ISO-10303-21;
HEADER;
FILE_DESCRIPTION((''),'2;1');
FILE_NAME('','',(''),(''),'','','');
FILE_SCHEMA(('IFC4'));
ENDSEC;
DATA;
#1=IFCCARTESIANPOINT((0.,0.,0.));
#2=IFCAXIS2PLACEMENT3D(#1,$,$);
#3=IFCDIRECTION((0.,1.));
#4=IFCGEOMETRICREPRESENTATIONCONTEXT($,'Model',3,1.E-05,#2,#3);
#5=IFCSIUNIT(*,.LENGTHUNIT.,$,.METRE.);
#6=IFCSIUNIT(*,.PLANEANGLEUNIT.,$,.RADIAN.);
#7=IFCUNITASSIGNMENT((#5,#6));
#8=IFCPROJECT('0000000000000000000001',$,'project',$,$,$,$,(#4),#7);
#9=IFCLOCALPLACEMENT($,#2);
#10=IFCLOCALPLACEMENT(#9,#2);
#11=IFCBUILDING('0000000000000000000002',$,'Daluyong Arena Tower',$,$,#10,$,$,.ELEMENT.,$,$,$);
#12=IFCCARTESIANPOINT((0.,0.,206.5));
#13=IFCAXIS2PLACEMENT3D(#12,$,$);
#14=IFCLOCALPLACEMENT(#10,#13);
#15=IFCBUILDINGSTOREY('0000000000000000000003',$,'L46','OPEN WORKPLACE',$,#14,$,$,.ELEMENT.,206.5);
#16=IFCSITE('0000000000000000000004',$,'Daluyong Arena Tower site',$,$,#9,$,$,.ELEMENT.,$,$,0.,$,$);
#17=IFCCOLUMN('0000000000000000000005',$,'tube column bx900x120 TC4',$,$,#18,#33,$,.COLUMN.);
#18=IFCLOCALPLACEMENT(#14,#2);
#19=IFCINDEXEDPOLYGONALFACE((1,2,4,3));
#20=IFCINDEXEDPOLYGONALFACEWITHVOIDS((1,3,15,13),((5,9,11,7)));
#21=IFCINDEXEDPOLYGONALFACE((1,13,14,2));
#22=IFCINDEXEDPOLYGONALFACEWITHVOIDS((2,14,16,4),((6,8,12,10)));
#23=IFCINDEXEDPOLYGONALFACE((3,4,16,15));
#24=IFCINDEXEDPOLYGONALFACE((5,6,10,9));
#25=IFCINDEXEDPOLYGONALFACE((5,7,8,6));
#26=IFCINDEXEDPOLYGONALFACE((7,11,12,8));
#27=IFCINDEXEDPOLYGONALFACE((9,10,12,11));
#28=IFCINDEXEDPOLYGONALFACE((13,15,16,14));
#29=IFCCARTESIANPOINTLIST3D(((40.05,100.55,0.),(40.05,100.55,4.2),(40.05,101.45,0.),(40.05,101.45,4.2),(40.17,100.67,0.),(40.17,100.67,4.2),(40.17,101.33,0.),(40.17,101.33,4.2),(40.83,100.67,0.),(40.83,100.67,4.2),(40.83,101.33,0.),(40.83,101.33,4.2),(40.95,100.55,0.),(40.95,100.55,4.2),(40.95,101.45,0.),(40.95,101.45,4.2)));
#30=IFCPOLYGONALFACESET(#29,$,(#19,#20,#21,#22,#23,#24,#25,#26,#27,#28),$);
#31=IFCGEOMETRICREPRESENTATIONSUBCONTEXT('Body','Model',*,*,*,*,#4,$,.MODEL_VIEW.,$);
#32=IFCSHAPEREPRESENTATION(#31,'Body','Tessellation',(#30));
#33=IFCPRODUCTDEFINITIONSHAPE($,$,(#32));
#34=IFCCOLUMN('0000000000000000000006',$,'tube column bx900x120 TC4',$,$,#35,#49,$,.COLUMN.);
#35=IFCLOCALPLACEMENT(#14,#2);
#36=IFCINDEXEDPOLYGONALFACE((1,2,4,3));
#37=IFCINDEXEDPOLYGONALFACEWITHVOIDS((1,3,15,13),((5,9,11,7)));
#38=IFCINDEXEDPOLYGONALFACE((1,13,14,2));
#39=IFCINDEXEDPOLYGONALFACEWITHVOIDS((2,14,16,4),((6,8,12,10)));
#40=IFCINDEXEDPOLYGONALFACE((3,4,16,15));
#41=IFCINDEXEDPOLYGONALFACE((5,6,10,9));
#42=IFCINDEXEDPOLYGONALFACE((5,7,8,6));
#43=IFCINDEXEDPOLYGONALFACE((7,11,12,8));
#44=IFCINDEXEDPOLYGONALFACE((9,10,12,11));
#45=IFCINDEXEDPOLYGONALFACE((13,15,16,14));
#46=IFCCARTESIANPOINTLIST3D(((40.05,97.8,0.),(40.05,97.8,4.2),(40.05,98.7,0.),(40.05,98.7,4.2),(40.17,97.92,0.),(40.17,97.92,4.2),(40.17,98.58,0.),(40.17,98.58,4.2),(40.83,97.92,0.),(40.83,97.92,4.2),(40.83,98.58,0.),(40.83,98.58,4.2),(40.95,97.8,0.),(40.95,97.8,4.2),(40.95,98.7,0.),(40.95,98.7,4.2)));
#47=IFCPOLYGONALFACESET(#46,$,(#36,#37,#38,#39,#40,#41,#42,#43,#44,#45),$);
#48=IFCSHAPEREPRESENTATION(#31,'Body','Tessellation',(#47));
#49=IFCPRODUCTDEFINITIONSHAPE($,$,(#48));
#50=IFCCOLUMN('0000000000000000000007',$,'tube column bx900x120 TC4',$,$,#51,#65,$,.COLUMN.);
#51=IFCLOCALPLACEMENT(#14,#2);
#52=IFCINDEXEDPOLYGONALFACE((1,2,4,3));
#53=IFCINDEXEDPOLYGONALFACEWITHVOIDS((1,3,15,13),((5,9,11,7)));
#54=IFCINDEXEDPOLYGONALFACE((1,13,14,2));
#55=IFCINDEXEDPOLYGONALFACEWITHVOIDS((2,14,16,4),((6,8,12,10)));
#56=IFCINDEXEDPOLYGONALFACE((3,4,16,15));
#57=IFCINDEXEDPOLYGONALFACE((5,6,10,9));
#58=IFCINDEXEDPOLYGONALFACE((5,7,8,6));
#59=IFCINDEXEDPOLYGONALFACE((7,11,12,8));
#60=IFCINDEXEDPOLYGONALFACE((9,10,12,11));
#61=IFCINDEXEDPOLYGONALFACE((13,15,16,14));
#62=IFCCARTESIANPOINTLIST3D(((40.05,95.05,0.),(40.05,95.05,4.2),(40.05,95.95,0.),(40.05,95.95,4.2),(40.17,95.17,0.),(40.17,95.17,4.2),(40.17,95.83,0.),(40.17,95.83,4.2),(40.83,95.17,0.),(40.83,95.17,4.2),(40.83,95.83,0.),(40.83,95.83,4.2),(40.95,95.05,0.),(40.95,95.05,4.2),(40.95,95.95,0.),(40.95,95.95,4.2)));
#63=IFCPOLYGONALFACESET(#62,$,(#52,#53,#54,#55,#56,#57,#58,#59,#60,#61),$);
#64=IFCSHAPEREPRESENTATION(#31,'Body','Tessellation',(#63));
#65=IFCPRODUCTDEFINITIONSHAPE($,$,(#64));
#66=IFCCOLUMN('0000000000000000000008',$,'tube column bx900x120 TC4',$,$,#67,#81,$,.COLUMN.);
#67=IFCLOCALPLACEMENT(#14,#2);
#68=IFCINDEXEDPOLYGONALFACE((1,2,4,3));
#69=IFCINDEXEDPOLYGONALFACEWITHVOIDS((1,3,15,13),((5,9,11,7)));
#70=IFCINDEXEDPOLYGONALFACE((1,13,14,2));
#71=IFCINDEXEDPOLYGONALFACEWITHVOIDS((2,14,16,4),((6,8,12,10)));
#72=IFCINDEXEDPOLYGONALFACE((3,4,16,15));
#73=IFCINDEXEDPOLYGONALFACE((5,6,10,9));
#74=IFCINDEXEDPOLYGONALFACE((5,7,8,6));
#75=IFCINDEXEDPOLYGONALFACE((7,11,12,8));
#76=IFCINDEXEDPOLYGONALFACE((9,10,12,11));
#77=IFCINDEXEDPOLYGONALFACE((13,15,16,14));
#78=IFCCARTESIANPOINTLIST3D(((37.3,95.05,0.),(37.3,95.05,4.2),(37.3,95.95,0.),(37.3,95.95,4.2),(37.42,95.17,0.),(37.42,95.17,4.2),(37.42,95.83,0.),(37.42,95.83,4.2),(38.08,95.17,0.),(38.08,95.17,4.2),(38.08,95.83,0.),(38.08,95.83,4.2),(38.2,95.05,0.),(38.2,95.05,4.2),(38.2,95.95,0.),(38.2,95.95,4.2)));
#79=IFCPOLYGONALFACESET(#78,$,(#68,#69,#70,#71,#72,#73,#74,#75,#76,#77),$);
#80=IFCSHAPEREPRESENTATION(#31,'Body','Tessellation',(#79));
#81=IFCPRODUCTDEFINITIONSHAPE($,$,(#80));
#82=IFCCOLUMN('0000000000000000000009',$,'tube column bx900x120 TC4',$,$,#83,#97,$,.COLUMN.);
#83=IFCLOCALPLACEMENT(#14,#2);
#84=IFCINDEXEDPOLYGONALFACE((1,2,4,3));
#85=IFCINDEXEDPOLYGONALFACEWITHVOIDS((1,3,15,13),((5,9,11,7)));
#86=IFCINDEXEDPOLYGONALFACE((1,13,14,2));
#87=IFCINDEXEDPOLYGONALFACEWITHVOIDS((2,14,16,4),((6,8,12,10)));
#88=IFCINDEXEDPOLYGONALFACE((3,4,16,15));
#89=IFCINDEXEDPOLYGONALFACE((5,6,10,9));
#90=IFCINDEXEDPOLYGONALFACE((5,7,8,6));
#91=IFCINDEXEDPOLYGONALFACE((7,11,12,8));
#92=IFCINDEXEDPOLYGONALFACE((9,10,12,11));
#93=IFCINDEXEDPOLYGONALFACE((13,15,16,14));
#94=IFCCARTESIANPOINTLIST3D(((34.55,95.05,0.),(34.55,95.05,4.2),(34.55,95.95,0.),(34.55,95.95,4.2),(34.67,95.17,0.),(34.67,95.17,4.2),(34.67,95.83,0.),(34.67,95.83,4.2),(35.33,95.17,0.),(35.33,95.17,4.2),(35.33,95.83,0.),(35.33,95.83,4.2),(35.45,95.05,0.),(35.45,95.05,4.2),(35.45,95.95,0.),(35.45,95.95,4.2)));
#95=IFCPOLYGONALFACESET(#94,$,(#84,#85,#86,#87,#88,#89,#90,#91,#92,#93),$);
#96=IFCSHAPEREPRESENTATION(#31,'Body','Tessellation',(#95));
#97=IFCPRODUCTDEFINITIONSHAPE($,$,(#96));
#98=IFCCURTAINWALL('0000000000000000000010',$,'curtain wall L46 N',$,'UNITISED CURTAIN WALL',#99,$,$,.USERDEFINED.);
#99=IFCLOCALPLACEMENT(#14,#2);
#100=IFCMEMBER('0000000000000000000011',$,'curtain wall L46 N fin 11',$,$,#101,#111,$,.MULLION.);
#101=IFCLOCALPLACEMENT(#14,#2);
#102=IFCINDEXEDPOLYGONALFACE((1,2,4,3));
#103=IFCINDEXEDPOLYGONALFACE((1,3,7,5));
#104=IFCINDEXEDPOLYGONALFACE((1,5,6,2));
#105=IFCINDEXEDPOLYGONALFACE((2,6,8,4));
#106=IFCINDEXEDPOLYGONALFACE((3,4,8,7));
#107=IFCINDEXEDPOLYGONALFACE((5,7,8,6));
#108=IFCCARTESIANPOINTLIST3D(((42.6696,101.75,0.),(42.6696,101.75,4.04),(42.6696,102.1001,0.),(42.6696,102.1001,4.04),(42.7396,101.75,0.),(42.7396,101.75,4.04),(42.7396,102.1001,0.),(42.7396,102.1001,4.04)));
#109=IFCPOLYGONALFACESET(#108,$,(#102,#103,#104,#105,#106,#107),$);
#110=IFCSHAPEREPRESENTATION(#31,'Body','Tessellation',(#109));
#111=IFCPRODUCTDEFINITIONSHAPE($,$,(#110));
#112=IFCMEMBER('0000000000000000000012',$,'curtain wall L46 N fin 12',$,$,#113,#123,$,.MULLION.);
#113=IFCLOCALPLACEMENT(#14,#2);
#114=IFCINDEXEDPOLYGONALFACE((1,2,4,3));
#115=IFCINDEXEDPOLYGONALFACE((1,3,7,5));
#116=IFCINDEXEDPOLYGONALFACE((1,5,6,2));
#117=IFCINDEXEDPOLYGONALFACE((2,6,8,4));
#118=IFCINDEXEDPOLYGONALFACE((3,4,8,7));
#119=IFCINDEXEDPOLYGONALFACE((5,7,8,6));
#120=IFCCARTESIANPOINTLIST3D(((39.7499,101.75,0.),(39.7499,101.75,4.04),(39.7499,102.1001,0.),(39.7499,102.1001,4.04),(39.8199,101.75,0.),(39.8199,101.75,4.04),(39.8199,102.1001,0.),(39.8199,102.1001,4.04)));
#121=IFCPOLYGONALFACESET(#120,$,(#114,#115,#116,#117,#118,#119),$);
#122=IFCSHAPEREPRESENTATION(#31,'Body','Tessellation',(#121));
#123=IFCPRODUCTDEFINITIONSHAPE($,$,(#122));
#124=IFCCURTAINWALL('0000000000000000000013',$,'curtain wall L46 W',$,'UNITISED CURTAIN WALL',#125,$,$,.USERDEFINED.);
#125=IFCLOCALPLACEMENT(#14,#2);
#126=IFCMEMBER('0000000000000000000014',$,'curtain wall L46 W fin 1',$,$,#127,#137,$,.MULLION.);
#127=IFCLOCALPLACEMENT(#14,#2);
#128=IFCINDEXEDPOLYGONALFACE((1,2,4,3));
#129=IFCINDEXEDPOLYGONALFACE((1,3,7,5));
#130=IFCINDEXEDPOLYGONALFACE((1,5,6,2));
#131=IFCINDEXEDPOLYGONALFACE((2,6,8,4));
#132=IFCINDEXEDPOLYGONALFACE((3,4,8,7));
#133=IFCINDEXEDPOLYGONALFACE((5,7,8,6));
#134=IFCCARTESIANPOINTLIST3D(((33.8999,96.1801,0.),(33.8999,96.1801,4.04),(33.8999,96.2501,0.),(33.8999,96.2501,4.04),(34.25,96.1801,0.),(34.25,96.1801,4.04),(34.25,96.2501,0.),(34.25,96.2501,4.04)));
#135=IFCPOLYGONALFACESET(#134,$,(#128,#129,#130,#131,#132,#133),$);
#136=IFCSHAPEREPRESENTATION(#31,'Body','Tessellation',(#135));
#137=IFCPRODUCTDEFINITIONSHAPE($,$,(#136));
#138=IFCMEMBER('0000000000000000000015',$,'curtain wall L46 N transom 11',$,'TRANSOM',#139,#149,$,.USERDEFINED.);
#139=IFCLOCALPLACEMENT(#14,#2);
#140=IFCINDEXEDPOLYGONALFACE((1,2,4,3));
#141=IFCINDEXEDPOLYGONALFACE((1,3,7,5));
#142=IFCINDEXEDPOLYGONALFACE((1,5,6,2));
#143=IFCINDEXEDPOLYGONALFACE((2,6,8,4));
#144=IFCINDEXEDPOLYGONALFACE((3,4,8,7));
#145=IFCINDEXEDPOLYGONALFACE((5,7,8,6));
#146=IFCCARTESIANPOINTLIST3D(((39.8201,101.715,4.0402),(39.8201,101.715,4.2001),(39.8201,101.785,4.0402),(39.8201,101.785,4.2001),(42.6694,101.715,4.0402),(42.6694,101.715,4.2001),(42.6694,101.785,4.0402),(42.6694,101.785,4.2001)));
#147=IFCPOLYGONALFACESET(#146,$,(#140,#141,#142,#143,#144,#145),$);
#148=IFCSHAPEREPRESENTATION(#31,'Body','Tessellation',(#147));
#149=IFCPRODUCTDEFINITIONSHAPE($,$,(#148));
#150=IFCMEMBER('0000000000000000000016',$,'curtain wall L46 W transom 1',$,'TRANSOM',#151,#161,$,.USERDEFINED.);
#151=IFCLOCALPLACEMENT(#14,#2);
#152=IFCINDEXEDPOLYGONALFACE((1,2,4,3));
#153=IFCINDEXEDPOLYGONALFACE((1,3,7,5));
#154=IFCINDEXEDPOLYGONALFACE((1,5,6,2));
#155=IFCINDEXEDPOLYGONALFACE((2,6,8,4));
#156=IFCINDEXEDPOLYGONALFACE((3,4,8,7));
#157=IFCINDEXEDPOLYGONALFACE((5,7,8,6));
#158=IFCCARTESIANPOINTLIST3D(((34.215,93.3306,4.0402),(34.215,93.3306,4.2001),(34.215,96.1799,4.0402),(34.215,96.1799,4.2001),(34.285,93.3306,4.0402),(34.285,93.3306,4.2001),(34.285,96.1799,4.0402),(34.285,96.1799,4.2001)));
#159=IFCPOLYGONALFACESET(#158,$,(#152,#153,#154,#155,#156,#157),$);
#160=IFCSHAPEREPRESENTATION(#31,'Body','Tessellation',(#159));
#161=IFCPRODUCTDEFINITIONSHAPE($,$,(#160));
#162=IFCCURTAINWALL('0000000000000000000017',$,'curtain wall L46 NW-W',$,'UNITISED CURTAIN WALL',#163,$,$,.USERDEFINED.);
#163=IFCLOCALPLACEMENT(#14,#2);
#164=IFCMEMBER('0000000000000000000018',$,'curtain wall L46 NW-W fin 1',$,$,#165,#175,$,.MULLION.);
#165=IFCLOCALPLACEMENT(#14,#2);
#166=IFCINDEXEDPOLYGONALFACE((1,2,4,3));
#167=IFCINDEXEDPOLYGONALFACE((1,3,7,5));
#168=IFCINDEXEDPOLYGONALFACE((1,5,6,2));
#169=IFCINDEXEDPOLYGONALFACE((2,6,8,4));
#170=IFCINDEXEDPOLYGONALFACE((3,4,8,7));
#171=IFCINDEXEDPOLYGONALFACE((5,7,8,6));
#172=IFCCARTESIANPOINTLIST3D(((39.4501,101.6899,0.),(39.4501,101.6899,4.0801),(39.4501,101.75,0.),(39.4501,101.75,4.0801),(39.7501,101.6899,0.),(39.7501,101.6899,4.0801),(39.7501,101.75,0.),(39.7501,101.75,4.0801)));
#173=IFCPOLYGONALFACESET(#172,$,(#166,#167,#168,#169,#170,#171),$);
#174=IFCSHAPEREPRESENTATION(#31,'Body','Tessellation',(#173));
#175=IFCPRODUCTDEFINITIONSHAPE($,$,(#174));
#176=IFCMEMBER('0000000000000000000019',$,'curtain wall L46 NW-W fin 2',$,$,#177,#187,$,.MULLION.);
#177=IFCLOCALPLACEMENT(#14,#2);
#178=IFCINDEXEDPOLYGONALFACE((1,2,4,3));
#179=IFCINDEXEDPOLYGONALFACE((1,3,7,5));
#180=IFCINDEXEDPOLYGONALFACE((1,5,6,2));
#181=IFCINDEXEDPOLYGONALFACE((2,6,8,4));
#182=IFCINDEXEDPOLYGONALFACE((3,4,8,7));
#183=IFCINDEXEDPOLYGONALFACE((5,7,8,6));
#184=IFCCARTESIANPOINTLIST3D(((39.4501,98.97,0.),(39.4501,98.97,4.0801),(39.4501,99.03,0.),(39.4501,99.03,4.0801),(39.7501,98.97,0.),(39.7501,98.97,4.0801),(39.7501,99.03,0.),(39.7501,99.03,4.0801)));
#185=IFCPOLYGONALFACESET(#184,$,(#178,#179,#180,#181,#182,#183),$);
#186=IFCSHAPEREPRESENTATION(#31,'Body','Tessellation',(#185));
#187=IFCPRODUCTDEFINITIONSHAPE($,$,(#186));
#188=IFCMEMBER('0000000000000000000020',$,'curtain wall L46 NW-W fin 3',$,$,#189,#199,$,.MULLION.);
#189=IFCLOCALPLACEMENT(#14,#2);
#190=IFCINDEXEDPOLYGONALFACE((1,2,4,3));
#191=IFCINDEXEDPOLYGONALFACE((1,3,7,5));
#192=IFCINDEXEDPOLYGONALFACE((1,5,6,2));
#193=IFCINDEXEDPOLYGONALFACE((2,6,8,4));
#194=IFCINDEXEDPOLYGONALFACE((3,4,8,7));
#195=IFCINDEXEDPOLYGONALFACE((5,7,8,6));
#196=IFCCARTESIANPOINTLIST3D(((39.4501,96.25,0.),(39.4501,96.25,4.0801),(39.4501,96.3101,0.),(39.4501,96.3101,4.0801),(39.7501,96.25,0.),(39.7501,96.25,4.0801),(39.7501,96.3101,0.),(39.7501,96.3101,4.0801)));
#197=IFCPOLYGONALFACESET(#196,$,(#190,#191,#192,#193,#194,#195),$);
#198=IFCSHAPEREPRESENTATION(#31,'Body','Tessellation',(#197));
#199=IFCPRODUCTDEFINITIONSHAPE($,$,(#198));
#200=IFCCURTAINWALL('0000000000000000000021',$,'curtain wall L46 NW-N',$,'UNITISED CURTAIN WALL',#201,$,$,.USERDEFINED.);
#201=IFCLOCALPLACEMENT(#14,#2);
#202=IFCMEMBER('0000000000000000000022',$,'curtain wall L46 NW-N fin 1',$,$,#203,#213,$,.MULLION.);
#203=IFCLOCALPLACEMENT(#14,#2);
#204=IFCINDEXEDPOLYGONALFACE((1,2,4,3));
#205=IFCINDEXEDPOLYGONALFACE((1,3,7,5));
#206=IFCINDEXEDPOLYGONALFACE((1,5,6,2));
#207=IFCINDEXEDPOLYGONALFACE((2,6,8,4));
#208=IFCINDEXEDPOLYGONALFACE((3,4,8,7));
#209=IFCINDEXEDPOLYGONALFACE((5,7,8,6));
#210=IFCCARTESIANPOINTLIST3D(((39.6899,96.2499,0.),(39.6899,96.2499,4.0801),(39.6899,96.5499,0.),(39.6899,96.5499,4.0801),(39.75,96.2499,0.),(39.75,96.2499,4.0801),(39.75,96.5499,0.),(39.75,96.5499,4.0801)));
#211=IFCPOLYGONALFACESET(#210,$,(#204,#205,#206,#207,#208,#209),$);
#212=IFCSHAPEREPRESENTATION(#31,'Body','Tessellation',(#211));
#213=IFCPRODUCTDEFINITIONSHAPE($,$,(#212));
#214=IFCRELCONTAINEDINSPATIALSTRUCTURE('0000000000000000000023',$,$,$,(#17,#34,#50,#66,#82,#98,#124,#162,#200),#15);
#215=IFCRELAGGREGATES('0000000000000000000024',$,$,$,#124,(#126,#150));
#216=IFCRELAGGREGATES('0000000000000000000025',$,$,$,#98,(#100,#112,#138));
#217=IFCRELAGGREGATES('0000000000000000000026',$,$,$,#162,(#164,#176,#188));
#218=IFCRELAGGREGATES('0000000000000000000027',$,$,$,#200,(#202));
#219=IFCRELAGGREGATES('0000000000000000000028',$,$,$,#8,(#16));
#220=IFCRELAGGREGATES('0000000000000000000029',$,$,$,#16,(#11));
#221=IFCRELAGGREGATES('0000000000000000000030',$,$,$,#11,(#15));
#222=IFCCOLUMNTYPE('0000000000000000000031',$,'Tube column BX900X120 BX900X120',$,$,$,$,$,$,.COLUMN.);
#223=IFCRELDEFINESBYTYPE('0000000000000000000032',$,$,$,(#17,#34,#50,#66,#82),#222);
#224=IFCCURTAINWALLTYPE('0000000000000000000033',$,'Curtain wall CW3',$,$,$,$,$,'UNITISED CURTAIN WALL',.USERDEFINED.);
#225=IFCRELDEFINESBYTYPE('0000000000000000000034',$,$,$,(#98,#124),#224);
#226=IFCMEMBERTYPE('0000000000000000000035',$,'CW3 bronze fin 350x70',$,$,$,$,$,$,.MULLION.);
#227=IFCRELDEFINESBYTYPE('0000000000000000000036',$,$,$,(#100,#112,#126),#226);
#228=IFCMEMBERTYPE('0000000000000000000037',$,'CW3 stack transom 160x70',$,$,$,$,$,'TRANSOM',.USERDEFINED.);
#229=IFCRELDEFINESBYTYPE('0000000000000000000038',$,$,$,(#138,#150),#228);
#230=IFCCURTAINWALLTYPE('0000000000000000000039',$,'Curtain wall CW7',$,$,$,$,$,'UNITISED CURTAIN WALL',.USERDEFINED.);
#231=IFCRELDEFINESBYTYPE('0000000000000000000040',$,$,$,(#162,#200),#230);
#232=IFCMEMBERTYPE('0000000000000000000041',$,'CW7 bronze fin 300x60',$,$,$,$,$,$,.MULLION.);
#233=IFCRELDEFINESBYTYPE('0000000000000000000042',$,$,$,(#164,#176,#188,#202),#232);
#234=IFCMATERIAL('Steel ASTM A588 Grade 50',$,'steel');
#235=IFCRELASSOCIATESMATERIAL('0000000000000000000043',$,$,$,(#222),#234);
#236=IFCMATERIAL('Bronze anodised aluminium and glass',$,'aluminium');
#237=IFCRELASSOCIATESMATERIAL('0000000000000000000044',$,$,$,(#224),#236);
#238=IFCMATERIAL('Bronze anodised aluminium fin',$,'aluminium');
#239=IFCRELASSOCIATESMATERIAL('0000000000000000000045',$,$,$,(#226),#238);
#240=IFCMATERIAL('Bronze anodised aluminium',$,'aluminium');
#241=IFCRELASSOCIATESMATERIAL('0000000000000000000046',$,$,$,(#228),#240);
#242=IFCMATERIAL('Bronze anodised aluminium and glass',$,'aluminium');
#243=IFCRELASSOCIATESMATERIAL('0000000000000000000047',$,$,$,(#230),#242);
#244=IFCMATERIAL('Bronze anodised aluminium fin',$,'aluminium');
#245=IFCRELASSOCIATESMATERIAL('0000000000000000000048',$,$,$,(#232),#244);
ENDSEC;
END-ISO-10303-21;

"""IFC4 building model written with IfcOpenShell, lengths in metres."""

from ifc_helpers import new_model, si_unit, direction, frame, origin, origin_2d, place, context, subcontext, project, spatial, rectangle, hollow_rectangle, extrude, material, material_profile, profile_set, type_object, element, aggregate, save


model = new_model("IFC4")

# Units and contexts
model_context = context("Model", 3, precision=1e-05, world=origin(), true_north=direction((0.0, 1.0)))
body_context = subcontext(model_context, "Body", "Model", "MODEL_VIEW")
ifc_project = project(units=[si_unit("LENGTHUNIT", "METRE"), si_unit("PLANEANGLEUNIT", "RADIAN")], contexts=[model_context])

# Site, building, storey
site_placement = place(None, origin())
site = spatial("IfcSite", under=ifc_project, at=site_placement, Name="Daluyong Arena Tower site", CompositionType="ELEMENT", RefElevation=0.0)
building_placement = place(site_placement, origin())
building = spatial("IfcBuilding", under=site, at=building_placement, Name="Daluyong Arena Tower", CompositionType="ELEMENT")
storey_placement = place(building_placement, frame((0.0, 0.0, 206.5)))
storey = spatial("IfcBuildingStorey", under=building, at=storey_placement, Name="L46", Description="OPEN WORKPLACE", CompositionType="ELEMENT", Elevation=206.5)

# Columns
ifc_material_1 = material(Name="Steel ASTM A588 Grade 50", Category="steel")
ifc_material_profile_1 = material_profile(ifc_material_1, hollow_rectangle(XDim=0.8999, YDim=0.8999, WallThickness=0.12, at=origin_2d()))
ifc_profile_set_1 = profile_set([ifc_material_profile_1], Name="Steel ASTM A588 Grade 50")
column_type = type_object("IfcColumnType", Name="Tube column BX900X120 BX900X120", PredefinedType="COLUMN", material=ifc_profile_set_1)
for number, where, z_axis, x_axis, name in (
    (1, (40.5, 101.0, 0.0), (0.0, 0.0, 1.0), (0.0, 1.0, 0.0), "tube column bx900x120 TC4"),
    (2, (40.5, 98.25, 0.0), (0.0, 0.0, 1.0), (0.0, 1.0, 0.0), "tube column bx900x120 TC4"),
    (3, (40.5, 95.5, 0.0), (0.0, 0.0, 1.0), (1.0, 0.0, 0.0), "tube column bx900x120 TC4"),
    (4, (37.75, 95.5, 0.0), (0.0, 0.0, 1.0), (1.0, 0.0, 0.0), "tube column bx900x120 TC4"),
    (5, (35.0, 95.5, 0.0), (0.0, 0.0, 1.0), (0.0, 1.0, 0.0), "tube column bx900x120 TC4"),
):
    element("IfcColumn", number, at=place(storey_placement, frame(where, z_axis=z_axis, x_axis=x_axis)), inside=storey, type_object=column_type, Name=name, PredefinedType="COLUMN", context=body_context, shape_type="SweptSolid", body=[
        extrude(hollow_rectangle(XDim=0.8999, YDim=0.8999, WallThickness=0.12, at=origin_2d()), origin(), (0.0, 0.0, 1.0), 4.2),
    ])

# Curtain wall, members
ifc_material_2 = material(Name="Bronze anodised aluminium and glass", Category="aluminium")
curtain_wall_type_1 = type_object("IfcCurtainWallType", Name="Curtain wall CW3", ElementType="UNITISED CURTAIN WALL", PredefinedType="USERDEFINED", material=ifc_material_2)
curtain_wall_1_placement = place(storey_placement, origin())
curtain_wall_1 = element("IfcCurtainWall", 6, at=curtain_wall_1_placement, inside=storey, type_object=curtain_wall_type_1, Name="curtain wall L46 N", ObjectType="UNITISED CURTAIN WALL", PredefinedType="USERDEFINED")
ifc_material_3 = material(Name="Bronze anodised aluminium fin", Category="aluminium")
ifc_material_profile_2 = material_profile(ifc_material_3, rectangle(XDim=0.3501, YDim=0.0701, at=origin_2d()))
ifc_profile_set_2 = profile_set([ifc_material_profile_2], Name="Bronze anodised aluminium fin")
member_type_1 = type_object("IfcMemberType", Name="CW3 bronze fin 350x70", PredefinedType="MULLION", material=ifc_profile_set_2)
member_1_placement = place(storey_placement, frame((42.7046, 101.925, 0.0), z_axis=(0.0, 0.0, 1.0), x_axis=(0.0, -1.0, 0.0)))
member_1 = element("IfcMember", 7, at=member_1_placement, type_object=member_type_1, Name="curtain wall L46 N fin 11", PredefinedType="MULLION", context=body_context, shape_type="SweptSolid", body=[
    extrude(rectangle(XDim=0.3501, YDim=0.0701, at=origin_2d()), origin(), (0.0, 0.0, 1.0), 4.04),
])
member_2_placement = place(storey_placement, frame((39.7849, 101.925, 0.0), z_axis=(0.0, 0.0, 1.0), x_axis=(0.0, -1.0, 0.0)))
member_2 = element("IfcMember", 8, at=member_2_placement, type_object=member_type_1, Name="curtain wall L46 N fin 12", PredefinedType="MULLION", context=body_context, shape_type="SweptSolid", body=[
    extrude(rectangle(XDim=0.3501, YDim=0.0701, at=origin_2d()), origin(), (0.0, 0.0, 1.0), 4.04),
])

# Curtain wall, member
curtain_wall_2_placement = place(storey_placement, origin())
curtain_wall_2 = element("IfcCurtainWall", 9, at=curtain_wall_2_placement, inside=storey, type_object=curtain_wall_type_1, Name="curtain wall L46 W", ObjectType="UNITISED CURTAIN WALL", PredefinedType="USERDEFINED")
member_3_placement = place(storey_placement, frame((34.075, 96.2151, 0.0), z_axis=(0.0, 0.0, 1.0), x_axis=(1.0, 0.0, 0.0)))
member_3 = element("IfcMember", 10, at=member_3_placement, type_object=member_type_1, Name="curtain wall L46 W fin 1", PredefinedType="MULLION", context=body_context, shape_type="SweptSolid", body=[
    extrude(rectangle(XDim=0.3501, YDim=0.0701, at=origin_2d()), origin(), (0.0, 0.0, 1.0), 4.04),
])

# Members
ifc_material_4 = material(Name="Bronze anodised aluminium", Category="aluminium")
ifc_material_profile_3 = material_profile(ifc_material_4, rectangle(XDim=0.0701, YDim=0.1599, at=origin_2d()))
ifc_profile_set_3 = profile_set([ifc_material_profile_3], Name="Bronze anodised aluminium")
member_type_2 = type_object("IfcMemberType", Name="CW3 stack transom 160x70", ElementType="TRANSOM", PredefinedType="USERDEFINED", material=ifc_profile_set_3)
member_4_placement = place(storey_placement, frame((42.6694, 101.75, 4.1201), z_axis=(-1.0, 0.0, 0.0), x_axis=(0.0, -1.0, 0.0)))
member_4 = element("IfcMember", 11, at=member_4_placement, type_object=member_type_2, Name="curtain wall L46 N transom 11", ObjectType="TRANSOM", PredefinedType="USERDEFINED", context=body_context, shape_type="SweptSolid", body=[
    extrude(rectangle(XDim=0.0701, YDim=0.1599, at=origin_2d()), origin(), (0.0, 0.0, 1.0), 2.8494),
])
member_5_placement = place(storey_placement, frame((34.25, 96.1799, 4.1201), z_axis=(0.0, -1.0, 0.0), x_axis=(1.0, 0.0, 0.0)))
member_5 = element("IfcMember", 12, at=member_5_placement, type_object=member_type_2, Name="curtain wall L46 W transom 1", ObjectType="TRANSOM", PredefinedType="USERDEFINED", context=body_context, shape_type="SweptSolid", body=[
    extrude(rectangle(XDim=0.0701, YDim=0.1599, at=origin_2d()), origin(), (0.0, 0.0, 1.0), 2.8494),
])
aggregate(curtain_wall_2, [member_3, member_5])

# Curtain walls, members
ifc_material_5 = material(Name="Bronze anodised aluminium and glass", Category="aluminium")
curtain_wall_type_2 = type_object("IfcCurtainWallType", Name="Curtain wall CW7", ElementType="UNITISED CURTAIN WALL", PredefinedType="USERDEFINED", material=ifc_material_5)
curtain_wall_3_placement = place(storey_placement, origin())
curtain_wall_3 = element("IfcCurtainWall", 13, at=curtain_wall_3_placement, inside=storey, type_object=curtain_wall_type_2, Name="curtain wall L46 NW-W", ObjectType="UNITISED CURTAIN WALL", PredefinedType="USERDEFINED")
ifc_material_6 = material(Name="Bronze anodised aluminium fin", Category="aluminium")
ifc_material_profile_4 = material_profile(ifc_material_6, rectangle(XDim=0.3, YDim=0.0601, at=origin_2d()))
ifc_profile_set_4 = profile_set([ifc_material_profile_4], Name="Bronze anodised aluminium fin")
member_type_3 = type_object("IfcMemberType", Name="CW7 bronze fin 300x60", PredefinedType="MULLION", material=ifc_profile_set_4)
member_6_placement = place(storey_placement, frame((39.6001, 101.72, 0.0), z_axis=(0.0, 0.0, 1.0), x_axis=(1.0, 0.0, 0.0)))
member_6 = element("IfcMember", 14, at=member_6_placement, type_object=member_type_3, Name="curtain wall L46 NW-W fin 1", PredefinedType="MULLION", context=body_context, shape_type="SweptSolid", body=[
    extrude(rectangle(XDim=0.3, YDim=0.0601, at=origin_2d()), origin(), (0.0, 0.0, 1.0), 4.0801),
])
member_7_placement = place(storey_placement, frame((39.6001, 99.0, 0.0), z_axis=(0.0, 0.0, 1.0), x_axis=(1.0, 0.0, 0.0)))
member_7 = element("IfcMember", 15, at=member_7_placement, type_object=member_type_3, Name="curtain wall L46 NW-W fin 2", PredefinedType="MULLION", context=body_context, shape_type="SweptSolid", body=[
    extrude(rectangle(XDim=0.3, YDim=0.0601, at=origin_2d()), origin(), (0.0, 0.0, 1.0), 4.0801),
])
member_8_placement = place(storey_placement, frame((39.6001, 96.28, 0.0), z_axis=(0.0, 0.0, 1.0), x_axis=(1.0, 0.0, 0.0)))
member_8 = element("IfcMember", 16, at=member_8_placement, type_object=member_type_3, Name="curtain wall L46 NW-W fin 3", PredefinedType="MULLION", context=body_context, shape_type="SweptSolid", body=[
    extrude(rectangle(XDim=0.3, YDim=0.0601, at=origin_2d()), origin(), (0.0, 0.0, 1.0), 4.0801),
])
curtain_wall_4_placement = place(storey_placement, origin())
curtain_wall_4 = element("IfcCurtainWall", 17, at=curtain_wall_4_placement, inside=storey, type_object=curtain_wall_type_2, Name="curtain wall L46 NW-N", ObjectType="UNITISED CURTAIN WALL", PredefinedType="USERDEFINED")
member_9_placement = place(storey_placement, frame((39.72, 96.3999, 0.0), z_axis=(0.0, 0.0, 1.0), x_axis=(0.0, -1.0, 0.0)))
member_9 = element("IfcMember", 18, at=member_9_placement, type_object=member_type_3, Name="curtain wall L46 NW-N fin 1", PredefinedType="MULLION", context=body_context, shape_type="SweptSolid", body=[
    extrude(rectangle(XDim=0.3, YDim=0.0601, at=origin_2d()), origin(), (0.0, 0.0, 1.0), 4.0801),
])

aggregate(curtain_wall_1, [member_1, member_2, member_4])
aggregate(curtain_wall_3, [member_6, member_7, member_8])
aggregate(curtain_wall_4, [member_9])

save(model, "model.ifc")
